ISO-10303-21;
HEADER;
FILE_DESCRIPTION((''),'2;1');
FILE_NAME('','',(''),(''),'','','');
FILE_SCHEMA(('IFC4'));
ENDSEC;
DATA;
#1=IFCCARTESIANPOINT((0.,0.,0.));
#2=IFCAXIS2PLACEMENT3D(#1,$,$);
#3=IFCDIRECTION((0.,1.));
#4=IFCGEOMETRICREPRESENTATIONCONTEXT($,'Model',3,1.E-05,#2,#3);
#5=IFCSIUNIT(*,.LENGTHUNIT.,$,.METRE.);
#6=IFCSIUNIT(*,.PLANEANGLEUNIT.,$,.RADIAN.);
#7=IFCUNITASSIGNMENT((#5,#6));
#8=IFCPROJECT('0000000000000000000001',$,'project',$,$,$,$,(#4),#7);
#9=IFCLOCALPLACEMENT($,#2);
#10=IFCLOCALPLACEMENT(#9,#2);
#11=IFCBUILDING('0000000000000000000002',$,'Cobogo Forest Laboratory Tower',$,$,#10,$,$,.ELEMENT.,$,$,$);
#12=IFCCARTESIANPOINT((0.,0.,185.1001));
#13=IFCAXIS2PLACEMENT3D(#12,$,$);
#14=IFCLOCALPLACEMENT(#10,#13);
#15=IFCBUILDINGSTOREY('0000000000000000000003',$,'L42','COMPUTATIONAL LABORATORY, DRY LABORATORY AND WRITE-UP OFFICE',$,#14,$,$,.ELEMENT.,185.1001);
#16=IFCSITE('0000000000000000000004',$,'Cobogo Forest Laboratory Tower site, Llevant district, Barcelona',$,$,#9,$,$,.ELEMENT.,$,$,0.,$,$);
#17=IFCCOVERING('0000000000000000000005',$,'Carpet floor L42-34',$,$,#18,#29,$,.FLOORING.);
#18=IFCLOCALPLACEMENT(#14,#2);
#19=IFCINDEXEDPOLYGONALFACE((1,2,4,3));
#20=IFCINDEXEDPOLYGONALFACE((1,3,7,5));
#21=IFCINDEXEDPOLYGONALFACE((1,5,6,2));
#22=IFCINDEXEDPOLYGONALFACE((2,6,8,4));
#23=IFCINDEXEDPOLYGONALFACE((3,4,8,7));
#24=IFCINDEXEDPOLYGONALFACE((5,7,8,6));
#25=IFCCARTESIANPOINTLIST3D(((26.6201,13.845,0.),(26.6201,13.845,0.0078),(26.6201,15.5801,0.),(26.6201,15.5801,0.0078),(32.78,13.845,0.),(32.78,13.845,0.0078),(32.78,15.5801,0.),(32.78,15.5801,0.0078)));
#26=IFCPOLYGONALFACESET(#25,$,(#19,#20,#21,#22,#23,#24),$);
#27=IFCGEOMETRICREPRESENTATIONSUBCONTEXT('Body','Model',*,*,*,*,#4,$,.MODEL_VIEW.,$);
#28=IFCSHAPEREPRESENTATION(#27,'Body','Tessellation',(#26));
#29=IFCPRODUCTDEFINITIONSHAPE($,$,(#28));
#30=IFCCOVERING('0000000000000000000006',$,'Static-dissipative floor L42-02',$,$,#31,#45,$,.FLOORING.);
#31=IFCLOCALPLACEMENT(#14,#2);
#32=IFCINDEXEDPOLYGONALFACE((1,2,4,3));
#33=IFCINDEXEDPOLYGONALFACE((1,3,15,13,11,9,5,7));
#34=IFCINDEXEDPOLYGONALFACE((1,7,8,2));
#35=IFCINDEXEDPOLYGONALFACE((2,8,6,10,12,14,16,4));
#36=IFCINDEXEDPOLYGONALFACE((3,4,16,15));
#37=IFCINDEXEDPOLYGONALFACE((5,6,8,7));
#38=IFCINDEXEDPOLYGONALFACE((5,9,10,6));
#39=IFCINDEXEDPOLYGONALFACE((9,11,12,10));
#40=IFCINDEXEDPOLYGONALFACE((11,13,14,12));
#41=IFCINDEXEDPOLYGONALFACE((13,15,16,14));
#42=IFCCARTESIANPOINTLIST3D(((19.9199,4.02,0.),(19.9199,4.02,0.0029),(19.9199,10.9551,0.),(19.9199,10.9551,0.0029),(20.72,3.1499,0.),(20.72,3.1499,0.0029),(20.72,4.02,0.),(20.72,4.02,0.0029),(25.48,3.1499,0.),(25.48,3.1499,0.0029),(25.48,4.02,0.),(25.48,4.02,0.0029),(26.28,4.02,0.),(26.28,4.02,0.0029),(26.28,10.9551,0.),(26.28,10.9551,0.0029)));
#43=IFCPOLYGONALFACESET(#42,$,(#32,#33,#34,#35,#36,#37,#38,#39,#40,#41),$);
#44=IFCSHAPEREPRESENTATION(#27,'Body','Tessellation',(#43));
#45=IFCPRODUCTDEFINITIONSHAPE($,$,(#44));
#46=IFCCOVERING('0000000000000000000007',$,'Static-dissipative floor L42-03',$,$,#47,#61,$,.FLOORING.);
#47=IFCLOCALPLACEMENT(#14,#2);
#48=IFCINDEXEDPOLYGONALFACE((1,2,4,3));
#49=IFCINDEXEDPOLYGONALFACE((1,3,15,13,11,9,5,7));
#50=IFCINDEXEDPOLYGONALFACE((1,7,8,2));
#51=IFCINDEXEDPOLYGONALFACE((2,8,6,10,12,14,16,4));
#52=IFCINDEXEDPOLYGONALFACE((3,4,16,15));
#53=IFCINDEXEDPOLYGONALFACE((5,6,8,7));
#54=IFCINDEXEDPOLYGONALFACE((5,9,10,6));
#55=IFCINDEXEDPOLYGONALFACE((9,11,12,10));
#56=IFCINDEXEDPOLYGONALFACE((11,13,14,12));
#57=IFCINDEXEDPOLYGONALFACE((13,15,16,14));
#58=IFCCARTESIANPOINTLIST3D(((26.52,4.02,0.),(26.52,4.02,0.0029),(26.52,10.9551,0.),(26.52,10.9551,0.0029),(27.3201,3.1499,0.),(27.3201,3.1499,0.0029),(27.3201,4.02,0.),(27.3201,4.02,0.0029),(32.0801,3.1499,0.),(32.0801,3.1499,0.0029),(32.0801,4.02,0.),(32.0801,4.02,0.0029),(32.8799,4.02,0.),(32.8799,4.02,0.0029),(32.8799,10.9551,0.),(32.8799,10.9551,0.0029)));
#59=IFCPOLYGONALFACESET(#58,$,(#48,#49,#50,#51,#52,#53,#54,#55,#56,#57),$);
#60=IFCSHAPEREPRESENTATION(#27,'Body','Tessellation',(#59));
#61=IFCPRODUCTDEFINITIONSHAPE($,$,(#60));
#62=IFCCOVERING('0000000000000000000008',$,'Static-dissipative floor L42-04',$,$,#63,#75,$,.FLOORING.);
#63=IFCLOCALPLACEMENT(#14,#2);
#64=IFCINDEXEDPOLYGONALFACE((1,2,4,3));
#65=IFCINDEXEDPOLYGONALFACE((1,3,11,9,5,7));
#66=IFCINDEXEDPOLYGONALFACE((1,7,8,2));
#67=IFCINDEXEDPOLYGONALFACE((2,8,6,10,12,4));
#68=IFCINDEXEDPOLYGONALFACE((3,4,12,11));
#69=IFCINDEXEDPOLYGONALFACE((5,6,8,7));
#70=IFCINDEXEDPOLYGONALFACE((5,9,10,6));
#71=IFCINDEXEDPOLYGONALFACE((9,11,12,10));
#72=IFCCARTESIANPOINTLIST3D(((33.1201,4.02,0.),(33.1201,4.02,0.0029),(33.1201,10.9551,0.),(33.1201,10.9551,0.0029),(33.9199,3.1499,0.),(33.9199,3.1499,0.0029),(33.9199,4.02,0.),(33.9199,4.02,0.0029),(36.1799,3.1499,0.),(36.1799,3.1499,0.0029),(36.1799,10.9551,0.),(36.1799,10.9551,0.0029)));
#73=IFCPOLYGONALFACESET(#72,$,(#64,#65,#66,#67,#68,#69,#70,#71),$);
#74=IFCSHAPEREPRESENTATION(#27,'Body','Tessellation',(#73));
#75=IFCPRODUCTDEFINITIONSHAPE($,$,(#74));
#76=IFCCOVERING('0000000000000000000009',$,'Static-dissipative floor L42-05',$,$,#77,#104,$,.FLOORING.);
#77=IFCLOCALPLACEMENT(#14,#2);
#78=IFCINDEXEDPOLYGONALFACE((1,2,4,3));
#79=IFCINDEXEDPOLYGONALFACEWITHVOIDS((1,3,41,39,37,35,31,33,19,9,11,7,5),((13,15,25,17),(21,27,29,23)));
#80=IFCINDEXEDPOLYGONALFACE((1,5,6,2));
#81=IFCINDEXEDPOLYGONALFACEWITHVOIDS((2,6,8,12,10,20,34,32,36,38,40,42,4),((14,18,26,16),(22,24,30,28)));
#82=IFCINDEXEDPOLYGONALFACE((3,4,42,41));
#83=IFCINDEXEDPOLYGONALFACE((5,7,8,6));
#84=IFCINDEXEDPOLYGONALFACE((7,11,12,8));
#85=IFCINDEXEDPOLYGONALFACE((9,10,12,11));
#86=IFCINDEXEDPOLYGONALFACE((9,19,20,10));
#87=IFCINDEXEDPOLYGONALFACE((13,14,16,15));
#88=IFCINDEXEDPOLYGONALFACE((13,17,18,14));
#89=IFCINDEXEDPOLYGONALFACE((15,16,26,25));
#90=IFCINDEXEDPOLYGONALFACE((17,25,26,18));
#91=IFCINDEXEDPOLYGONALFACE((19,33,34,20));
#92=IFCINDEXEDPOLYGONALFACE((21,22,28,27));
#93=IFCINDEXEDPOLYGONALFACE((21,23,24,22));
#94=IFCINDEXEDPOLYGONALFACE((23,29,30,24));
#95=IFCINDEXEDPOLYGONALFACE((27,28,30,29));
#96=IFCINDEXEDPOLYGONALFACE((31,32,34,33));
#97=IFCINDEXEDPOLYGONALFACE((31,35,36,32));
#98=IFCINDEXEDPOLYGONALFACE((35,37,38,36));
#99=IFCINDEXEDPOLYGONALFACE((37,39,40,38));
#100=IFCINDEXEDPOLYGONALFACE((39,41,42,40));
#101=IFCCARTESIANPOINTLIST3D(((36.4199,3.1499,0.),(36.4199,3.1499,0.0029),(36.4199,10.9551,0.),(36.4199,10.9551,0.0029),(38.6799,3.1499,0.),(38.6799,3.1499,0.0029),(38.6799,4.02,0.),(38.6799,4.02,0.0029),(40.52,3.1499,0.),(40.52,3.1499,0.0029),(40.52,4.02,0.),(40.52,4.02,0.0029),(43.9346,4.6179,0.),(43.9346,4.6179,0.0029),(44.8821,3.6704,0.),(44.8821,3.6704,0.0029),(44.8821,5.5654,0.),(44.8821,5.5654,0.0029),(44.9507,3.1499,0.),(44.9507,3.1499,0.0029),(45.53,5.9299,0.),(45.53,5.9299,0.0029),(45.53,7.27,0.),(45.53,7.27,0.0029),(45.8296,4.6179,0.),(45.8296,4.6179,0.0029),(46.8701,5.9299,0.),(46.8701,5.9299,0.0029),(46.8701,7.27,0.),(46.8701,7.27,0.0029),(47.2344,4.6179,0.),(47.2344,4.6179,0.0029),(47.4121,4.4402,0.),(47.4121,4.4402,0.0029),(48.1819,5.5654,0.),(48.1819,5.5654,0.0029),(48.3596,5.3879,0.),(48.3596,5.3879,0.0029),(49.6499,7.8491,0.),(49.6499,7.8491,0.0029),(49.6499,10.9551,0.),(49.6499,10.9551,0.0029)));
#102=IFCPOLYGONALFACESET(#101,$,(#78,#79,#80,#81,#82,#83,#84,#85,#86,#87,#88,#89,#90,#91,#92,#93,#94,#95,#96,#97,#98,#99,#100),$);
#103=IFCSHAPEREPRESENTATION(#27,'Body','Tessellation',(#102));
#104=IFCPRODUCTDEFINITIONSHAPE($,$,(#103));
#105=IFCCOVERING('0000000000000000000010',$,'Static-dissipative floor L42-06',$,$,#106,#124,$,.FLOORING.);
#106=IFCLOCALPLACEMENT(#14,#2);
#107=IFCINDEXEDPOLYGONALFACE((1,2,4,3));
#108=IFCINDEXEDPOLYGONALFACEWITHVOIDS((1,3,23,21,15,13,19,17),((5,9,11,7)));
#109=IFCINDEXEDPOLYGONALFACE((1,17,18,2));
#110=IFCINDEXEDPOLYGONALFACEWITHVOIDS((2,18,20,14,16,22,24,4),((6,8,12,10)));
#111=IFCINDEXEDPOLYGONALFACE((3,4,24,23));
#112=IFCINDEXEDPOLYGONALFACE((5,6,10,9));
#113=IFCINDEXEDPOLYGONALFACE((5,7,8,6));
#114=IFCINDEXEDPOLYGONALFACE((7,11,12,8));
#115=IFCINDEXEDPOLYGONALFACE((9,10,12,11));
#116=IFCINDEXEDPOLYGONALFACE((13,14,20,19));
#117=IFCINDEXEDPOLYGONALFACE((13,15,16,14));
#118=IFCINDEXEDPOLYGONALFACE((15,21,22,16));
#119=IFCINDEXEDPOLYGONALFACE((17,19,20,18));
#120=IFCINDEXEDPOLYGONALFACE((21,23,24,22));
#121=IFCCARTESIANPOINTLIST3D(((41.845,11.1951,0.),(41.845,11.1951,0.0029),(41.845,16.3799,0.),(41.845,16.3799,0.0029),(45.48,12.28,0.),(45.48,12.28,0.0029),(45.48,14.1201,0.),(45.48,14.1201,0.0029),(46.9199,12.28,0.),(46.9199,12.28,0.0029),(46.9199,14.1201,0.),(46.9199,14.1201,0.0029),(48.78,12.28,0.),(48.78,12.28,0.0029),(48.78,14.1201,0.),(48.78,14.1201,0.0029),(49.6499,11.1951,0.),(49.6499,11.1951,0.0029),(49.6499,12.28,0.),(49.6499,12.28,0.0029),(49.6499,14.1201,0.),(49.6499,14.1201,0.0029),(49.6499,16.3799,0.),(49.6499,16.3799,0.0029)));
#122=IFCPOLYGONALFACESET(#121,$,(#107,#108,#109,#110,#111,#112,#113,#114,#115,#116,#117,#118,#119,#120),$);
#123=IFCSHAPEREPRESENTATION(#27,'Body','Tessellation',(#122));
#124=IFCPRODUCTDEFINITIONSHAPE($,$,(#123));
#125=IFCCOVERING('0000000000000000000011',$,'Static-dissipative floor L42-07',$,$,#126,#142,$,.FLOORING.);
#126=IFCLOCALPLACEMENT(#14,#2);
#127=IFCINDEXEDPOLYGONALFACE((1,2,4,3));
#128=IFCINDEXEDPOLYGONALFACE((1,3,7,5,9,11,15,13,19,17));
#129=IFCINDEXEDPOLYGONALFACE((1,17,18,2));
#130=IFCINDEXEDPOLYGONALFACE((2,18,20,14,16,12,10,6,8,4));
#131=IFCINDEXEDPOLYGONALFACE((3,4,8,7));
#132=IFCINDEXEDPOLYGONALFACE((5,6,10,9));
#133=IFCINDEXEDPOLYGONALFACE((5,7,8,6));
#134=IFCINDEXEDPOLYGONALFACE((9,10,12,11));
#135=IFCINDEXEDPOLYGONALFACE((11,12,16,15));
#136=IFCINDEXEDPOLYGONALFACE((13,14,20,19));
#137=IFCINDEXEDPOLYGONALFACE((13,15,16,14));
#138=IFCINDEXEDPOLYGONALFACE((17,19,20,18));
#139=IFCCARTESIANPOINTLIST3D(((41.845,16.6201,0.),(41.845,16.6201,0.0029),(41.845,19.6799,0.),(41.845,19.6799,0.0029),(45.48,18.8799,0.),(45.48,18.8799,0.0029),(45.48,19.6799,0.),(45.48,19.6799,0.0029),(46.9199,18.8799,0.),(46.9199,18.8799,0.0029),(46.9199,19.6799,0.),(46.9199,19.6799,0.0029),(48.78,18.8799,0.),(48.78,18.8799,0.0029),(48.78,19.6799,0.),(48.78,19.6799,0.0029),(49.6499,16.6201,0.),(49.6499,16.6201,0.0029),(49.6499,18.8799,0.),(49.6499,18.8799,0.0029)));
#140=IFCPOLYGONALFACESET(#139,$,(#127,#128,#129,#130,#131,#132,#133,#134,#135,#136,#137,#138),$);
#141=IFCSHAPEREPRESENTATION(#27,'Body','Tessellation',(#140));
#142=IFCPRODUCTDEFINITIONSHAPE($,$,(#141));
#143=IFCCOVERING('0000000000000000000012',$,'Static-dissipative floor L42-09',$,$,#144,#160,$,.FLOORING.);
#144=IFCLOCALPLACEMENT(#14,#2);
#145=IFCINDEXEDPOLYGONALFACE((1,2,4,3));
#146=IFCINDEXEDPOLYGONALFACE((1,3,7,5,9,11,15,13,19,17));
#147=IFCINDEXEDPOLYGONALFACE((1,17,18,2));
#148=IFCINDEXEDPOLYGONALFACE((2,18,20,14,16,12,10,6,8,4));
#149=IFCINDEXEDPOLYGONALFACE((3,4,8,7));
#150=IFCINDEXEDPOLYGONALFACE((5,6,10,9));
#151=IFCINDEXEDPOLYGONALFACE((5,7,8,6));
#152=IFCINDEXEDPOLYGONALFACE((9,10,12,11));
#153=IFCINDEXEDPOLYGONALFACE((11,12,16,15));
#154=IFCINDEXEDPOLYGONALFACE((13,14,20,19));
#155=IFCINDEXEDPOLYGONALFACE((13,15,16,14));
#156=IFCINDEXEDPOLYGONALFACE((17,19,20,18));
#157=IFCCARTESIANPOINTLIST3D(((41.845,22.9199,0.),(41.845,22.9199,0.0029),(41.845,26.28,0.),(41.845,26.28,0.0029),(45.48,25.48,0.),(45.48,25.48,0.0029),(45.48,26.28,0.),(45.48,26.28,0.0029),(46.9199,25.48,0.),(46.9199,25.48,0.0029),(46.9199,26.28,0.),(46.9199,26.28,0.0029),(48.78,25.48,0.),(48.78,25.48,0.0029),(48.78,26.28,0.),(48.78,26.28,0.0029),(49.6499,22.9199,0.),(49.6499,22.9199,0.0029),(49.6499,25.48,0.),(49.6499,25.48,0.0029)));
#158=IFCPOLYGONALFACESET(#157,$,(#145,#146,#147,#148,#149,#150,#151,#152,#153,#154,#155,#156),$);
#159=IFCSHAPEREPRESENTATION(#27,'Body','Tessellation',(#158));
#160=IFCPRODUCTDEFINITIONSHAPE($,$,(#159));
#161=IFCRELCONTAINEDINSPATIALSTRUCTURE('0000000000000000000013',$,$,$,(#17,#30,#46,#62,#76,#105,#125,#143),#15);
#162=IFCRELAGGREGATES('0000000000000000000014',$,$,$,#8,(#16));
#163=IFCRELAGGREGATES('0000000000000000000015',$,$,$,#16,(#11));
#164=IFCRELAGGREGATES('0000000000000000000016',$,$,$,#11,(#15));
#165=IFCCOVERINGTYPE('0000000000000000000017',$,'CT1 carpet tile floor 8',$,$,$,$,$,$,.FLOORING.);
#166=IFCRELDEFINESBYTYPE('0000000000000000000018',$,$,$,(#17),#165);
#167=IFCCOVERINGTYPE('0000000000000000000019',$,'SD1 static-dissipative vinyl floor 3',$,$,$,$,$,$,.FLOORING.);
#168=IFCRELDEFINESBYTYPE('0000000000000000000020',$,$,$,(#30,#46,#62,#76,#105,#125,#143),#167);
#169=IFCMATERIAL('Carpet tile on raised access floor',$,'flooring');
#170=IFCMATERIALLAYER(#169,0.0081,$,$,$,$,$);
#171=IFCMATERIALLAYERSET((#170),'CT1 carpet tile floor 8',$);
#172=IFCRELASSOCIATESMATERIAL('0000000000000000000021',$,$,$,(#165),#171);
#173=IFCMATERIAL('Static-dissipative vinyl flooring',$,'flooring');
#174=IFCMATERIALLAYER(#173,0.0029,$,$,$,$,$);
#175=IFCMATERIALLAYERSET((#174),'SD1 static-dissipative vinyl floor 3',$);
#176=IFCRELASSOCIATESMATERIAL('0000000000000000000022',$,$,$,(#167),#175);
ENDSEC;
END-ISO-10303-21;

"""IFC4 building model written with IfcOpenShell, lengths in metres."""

from ifc_helpers import new_model, si_unit, direction, frame, origin, place, context, subcontext, project, spatial, polyline, outline, extrude, material, layer, layer_set, type_object, element, save


model = new_model("IFC4")

# Units and contexts
model_context = context("Model", 3, precision=1e-05, world=origin(), true_north=direction((0.0, 1.0)))
body_context = subcontext(model_context, "Body", "Model", "MODEL_VIEW")
ifc_project = project(units=[si_unit("LENGTHUNIT", "METRE"), si_unit("PLANEANGLEUNIT", "RADIAN")], contexts=[model_context])

# Site, building, storey
site_placement = place(None, origin())
site = spatial("IfcSite", under=ifc_project, at=site_placement, Name="Cobogo Forest Laboratory Tower site, Llevant district, Barcelona", CompositionType="ELEMENT", RefElevation=0.0)
building_placement = place(site_placement, origin())
building = spatial("IfcBuilding", under=site, at=building_placement, Name="Cobogo Forest Laboratory Tower", CompositionType="ELEMENT")
storey_placement = place(building_placement, frame((0.0, 0.0, 185.1001)))
storey = spatial("IfcBuildingStorey", under=building, at=storey_placement, Name="L42", Description="COMPUTATIONAL LABORATORY, DRY LABORATORY AND WRITE-UP OFFICE", CompositionType="ELEMENT", Elevation=185.1001)

# Coverings
ifc_material_1 = material(Name="Carpet tile on raised access floor", Category="flooring")
ifc_layer_1 = layer(ifc_material_1, 0.0081)
ifc_layer_set_1 = layer_set([ifc_layer_1], Name="CT1 carpet tile floor 8")
covering_type_1 = type_object("IfcCoveringType", Name="CT1 carpet tile floor 8", PredefinedType="FLOORING", material=ifc_layer_set_1)
covering_1_placement = place(storey_placement, origin())
element("IfcCovering", 1, at=covering_1_placement, inside=storey, type_object=covering_type_1, Name="Carpet floor L42-34", PredefinedType="FLOORING", context=body_context, shape_type="SweptSolid", body=[
    extrude(outline(polyline([(32.78, 13.845), (26.6201, 13.845), (26.6201, 15.5801), (32.78, 15.5801), (32.78, 13.845)])), origin(), (0.0, 0.0, 1.0), 0.0078),
])
ifc_material_2 = material(Name="Static-dissipative vinyl flooring", Category="flooring")
ifc_layer_2 = layer(ifc_material_2, 0.0029)
ifc_layer_set_2 = layer_set([ifc_layer_2], Name="SD1 static-dissipative vinyl floor 3")
covering_type_2 = type_object("IfcCoveringType", Name="SD1 static-dissipative vinyl floor 3", PredefinedType="FLOORING", material=ifc_layer_set_2)
covering_2_placement = place(storey_placement, origin())
element("IfcCovering", 2, at=covering_2_placement, inside=storey, type_object=covering_type_2, Name="Static-dissipative floor L42-02", PredefinedType="FLOORING", context=body_context, shape_type="SweptSolid", body=[
    extrude(outline(polyline([(26.28, 10.9551), (26.28, 4.02), (25.48, 4.02), (25.48, 3.1499), (20.72, 3.1499), (20.72, 4.02), (19.9199, 4.02), (19.9199, 10.9551), (26.28, 10.9551)])), origin(), (0.0, 0.0, 1.0), 0.0029),
])
covering_3_placement = place(storey_placement, origin())
element("IfcCovering", 3, at=covering_3_placement, inside=storey, type_object=covering_type_2, Name="Static-dissipative floor L42-03", PredefinedType="FLOORING", context=body_context, shape_type="SweptSolid", body=[
    extrude(outline(polyline([(32.8799, 10.9551), (32.8799, 4.02), (32.0801, 4.02), (32.0801, 3.1499), (27.3201, 3.1499), (27.3201, 4.02), (26.52, 4.02), (26.52, 10.9551), (32.8799, 10.9551)])), origin(), (0.0, 0.0, 1.0), 0.0029),
])
covering_4_placement = place(storey_placement, origin())
element("IfcCovering", 4, at=covering_4_placement, inside=storey, type_object=covering_type_2, Name="Static-dissipative floor L42-04", PredefinedType="FLOORING", context=body_context, shape_type="SweptSolid", body=[
    extrude(outline(polyline([(36.1799, 10.9551), (36.1799, 3.1499), (33.9199, 3.1499), (33.9199, 4.02), (33.1201, 4.02), (33.1201, 10.9551), (36.1799, 10.9551)])), origin(), (0.0, 0.0, 1.0), 0.0029),
])
covering_5_placement = place(storey_placement, origin())
element("IfcCovering", 5, at=covering_5_placement, inside=storey, type_object=covering_type_2, Name="Static-dissipative floor L42-05", PredefinedType="FLOORING", context=body_context, shape_type="SweptSolid", body=[
    extrude(outline(polyline([(49.6499, 10.9551), (49.6499, 7.8491), (48.3596, 5.3879), (48.1819, 5.5654), (47.2344, 4.6179), (47.4121, 4.4402), (44.9507, 3.1499), (40.52, 3.1499), (40.52, 4.02), (38.6799, 4.02), (38.6799, 3.1499), (36.4199, 3.1499), (36.4199, 10.9551), (49.6499, 10.9551)]), holes=[polyline([(45.53, 5.9299), (46.8701, 5.9299), (46.8701, 7.27), (45.53, 7.27), (45.53, 5.9299)]), polyline([(44.8821, 3.6704), (45.8296, 4.6179), (44.8821, 5.5654), (43.9346, 4.6179), (44.8821, 3.6704)])]), origin(), (0.0, 0.0, 1.0), 0.0029),
])
covering_6_placement = place(storey_placement, origin())
element("IfcCovering", 6, at=covering_6_placement, inside=storey, type_object=covering_type_2, Name="Static-dissipative floor L42-06", PredefinedType="FLOORING", context=body_context, shape_type="SweptSolid", body=[
    extrude(outline(polyline([(41.845, 16.3799), (49.6499, 16.3799), (49.6499, 14.1201), (48.78, 14.1201), (48.78, 12.28), (49.6499, 12.28), (49.6499, 11.1951), (41.845, 11.1951), (41.845, 16.3799)]), holes=[polyline([(46.9199, 12.28), (46.9199, 14.1201), (45.48, 14.1201), (45.48, 12.28), (46.9199, 12.28)])]), origin(), (0.0, 0.0, 1.0), 0.0029),
])
covering_7_placement = place(storey_placement, origin())
element("IfcCovering", 7, at=covering_7_placement, inside=storey, type_object=covering_type_2, Name="Static-dissipative floor L42-07", PredefinedType="FLOORING", context=body_context, shape_type="SweptSolid", body=[
    extrude(outline(polyline([(41.845, 19.6799), (45.48, 19.6799), (45.48, 18.8799), (46.9199, 18.8799), (46.9199, 19.6799), (48.78, 19.6799), (48.78, 18.8799), (49.6499, 18.8799), (49.6499, 16.6201), (41.845, 16.6201), (41.845, 19.6799)])), origin(), (0.0, 0.0, 1.0), 0.0029),
])
covering_8_placement = place(storey_placement, origin())
element("IfcCovering", 8, at=covering_8_placement, inside=storey, type_object=covering_type_2, Name="Static-dissipative floor L42-09", PredefinedType="FLOORING", context=body_context, shape_type="SweptSolid", body=[
    extrude(outline(polyline([(41.845, 26.28), (45.48, 26.28), (45.48, 25.48), (46.9199, 25.48), (46.9199, 26.28), (48.78, 26.28), (48.78, 25.48), (49.6499, 25.48), (49.6499, 22.9199), (41.845, 22.9199), (41.845, 26.28)])), origin(), (0.0, 0.0, 1.0), 0.0029),
])

save(model, "model.ifc")
